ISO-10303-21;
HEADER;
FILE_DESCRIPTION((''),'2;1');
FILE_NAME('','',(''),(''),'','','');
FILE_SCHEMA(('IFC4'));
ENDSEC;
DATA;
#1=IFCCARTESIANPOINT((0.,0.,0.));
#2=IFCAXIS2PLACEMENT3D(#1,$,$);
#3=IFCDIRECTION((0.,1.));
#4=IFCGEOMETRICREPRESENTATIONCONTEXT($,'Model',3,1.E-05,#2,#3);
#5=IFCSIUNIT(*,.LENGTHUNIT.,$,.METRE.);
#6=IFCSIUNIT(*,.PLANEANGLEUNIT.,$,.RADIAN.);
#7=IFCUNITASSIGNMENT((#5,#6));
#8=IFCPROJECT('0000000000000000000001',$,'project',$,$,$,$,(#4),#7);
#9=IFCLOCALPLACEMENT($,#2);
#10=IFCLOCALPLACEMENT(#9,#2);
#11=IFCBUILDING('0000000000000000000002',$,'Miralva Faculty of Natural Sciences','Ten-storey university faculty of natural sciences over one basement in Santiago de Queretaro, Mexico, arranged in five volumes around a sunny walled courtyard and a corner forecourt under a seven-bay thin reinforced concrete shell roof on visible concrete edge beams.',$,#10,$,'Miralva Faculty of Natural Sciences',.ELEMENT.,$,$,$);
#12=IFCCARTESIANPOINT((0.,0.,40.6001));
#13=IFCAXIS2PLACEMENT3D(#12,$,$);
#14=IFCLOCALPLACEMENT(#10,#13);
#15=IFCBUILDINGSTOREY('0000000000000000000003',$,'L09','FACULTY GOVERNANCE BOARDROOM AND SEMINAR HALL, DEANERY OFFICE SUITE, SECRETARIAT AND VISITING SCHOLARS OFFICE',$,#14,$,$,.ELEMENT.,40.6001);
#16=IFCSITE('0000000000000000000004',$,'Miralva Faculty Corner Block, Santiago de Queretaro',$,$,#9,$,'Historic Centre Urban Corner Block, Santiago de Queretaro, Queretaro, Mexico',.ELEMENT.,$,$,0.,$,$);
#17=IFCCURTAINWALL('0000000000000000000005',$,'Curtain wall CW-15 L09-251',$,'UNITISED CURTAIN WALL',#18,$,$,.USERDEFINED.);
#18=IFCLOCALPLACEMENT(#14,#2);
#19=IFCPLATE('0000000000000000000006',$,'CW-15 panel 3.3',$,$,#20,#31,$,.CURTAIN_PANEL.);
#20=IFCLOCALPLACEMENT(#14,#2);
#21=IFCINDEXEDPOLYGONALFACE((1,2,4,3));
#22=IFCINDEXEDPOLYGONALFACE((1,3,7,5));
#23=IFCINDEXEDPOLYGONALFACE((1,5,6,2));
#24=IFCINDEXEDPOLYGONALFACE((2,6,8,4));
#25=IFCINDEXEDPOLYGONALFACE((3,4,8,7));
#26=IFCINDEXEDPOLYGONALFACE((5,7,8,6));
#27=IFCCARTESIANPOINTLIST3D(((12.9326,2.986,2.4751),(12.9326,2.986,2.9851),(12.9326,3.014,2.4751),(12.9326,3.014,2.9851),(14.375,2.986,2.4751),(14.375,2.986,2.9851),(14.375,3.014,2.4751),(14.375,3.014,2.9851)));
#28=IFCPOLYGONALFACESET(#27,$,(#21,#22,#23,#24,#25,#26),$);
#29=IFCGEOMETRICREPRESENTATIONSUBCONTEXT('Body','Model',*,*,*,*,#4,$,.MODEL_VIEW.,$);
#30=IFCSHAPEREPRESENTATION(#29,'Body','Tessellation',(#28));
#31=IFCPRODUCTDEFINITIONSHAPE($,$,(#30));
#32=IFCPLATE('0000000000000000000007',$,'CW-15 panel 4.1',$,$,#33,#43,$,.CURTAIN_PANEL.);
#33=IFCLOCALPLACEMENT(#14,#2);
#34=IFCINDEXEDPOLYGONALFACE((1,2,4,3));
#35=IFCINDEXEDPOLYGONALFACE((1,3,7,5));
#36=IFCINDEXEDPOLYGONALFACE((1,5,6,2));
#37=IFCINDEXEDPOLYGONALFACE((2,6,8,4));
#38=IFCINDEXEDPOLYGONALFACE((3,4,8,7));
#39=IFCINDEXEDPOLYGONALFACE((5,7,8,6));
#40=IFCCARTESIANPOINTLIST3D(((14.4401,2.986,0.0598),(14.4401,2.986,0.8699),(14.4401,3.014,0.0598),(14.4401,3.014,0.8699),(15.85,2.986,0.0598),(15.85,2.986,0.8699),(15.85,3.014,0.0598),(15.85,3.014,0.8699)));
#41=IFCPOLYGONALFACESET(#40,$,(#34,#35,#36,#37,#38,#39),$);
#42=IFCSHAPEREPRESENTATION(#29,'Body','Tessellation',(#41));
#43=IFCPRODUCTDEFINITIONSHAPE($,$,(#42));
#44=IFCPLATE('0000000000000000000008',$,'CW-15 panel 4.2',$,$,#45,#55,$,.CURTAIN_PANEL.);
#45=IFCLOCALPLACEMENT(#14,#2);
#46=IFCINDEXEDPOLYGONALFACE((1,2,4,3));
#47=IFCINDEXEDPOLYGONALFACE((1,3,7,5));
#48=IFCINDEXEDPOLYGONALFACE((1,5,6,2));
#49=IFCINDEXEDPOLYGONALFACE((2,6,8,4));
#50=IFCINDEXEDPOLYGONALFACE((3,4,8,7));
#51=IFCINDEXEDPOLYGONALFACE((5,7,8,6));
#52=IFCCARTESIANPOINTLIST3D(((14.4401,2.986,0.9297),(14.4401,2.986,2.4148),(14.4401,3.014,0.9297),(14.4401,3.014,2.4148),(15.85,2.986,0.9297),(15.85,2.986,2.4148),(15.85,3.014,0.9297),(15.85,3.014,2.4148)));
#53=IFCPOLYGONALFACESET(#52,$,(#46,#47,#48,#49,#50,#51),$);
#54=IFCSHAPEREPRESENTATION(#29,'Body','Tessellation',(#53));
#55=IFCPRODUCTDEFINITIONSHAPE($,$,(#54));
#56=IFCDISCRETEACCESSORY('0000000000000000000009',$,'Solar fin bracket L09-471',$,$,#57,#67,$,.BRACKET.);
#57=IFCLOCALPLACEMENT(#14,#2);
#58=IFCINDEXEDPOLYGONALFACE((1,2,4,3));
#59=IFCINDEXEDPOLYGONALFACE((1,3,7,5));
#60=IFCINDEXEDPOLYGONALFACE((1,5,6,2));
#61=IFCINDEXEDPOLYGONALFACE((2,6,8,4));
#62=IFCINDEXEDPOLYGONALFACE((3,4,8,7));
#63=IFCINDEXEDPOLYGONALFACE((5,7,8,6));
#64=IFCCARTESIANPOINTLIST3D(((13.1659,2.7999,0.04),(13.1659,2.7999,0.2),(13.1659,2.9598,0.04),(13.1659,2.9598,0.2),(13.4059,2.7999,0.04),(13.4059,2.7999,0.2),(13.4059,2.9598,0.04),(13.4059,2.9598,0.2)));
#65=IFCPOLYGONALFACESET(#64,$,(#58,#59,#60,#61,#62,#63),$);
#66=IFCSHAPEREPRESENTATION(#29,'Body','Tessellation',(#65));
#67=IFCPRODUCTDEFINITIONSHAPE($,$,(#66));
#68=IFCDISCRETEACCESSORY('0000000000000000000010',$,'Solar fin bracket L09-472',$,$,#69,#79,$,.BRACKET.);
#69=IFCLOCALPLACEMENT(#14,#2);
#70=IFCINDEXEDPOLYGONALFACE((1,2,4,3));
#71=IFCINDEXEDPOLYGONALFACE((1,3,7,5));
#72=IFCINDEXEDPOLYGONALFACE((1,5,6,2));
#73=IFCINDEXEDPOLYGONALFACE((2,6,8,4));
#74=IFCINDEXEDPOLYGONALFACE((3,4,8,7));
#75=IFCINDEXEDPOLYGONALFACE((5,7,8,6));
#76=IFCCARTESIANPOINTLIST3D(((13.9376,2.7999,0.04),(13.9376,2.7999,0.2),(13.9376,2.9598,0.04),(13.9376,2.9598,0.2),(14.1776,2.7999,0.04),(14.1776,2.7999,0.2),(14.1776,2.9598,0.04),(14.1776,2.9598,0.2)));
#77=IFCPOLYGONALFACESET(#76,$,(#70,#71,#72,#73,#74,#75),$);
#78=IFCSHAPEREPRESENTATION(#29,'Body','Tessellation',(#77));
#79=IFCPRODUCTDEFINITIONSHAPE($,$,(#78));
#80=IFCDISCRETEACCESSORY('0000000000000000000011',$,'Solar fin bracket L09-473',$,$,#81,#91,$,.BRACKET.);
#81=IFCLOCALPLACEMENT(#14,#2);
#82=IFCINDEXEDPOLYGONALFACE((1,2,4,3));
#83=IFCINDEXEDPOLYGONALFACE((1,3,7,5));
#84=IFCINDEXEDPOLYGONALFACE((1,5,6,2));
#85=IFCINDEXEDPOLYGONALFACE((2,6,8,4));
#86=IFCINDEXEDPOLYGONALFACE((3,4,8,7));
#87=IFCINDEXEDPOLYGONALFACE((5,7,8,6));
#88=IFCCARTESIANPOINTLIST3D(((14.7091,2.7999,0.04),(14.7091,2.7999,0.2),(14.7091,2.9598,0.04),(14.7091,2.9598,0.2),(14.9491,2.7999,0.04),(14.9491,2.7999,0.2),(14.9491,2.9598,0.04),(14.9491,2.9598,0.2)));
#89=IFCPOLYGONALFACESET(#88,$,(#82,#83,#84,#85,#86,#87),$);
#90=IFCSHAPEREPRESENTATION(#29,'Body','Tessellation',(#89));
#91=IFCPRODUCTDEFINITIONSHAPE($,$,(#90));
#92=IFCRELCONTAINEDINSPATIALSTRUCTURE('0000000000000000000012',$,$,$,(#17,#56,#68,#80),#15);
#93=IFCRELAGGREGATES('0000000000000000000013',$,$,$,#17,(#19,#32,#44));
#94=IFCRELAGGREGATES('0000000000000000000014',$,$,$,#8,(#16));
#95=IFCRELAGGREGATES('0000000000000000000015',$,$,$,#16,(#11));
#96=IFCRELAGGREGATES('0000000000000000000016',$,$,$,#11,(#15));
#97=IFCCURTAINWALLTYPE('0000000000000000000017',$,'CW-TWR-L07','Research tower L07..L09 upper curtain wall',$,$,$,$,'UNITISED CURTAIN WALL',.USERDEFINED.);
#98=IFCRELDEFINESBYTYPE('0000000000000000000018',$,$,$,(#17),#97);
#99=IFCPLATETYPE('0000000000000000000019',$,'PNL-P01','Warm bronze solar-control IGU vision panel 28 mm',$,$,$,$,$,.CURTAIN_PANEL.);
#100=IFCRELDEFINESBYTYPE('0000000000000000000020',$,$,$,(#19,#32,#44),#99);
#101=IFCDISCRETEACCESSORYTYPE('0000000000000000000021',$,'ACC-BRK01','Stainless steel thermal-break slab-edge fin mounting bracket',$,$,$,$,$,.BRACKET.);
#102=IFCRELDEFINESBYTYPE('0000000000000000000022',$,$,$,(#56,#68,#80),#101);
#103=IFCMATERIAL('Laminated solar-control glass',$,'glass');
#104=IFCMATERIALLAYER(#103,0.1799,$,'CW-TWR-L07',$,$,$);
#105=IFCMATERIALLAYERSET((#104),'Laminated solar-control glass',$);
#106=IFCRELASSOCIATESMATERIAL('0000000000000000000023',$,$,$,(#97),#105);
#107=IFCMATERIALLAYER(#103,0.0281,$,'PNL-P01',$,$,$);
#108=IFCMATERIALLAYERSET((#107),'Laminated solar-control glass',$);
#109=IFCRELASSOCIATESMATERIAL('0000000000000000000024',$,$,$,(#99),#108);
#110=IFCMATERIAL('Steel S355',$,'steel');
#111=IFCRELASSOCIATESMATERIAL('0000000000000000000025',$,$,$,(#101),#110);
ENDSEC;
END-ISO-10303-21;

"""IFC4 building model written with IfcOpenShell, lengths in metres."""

from ifc_helpers import new_model, si_unit, direction, frame, origin, origin_2d, place, context, subcontext, project, spatial, rectangle, extrude, material, layer, layer_set, type_object, element, aggregate, save


model = new_model("IFC4")

# Units and contexts
model_context = context("Model", 3, precision=1e-05, world=origin(), true_north=direction((0.0, 1.0)))
body_context = subcontext(model_context, "Body", "Model", "MODEL_VIEW")
ifc_project = project(units=[si_unit("LENGTHUNIT", "METRE"), si_unit("PLANEANGLEUNIT", "RADIAN")], contexts=[model_context])

# Site, building, storey
site_placement = place(None, origin())
site = spatial("IfcSite", under=ifc_project, at=site_placement, Name="Miralva Faculty Corner Block, Santiago de Queretaro", LongName="Historic Centre Urban Corner Block, Santiago de Queretaro, Queretaro, Mexico", CompositionType="ELEMENT", RefElevation=0.0)
building_placement = place(site_placement, origin())
building = spatial("IfcBuilding", under=site, at=building_placement, Name="Miralva Faculty of Natural Sciences", Description="Ten-storey university faculty of natural sciences over one basement in Santiago de Queretaro, Mexico, arranged in five volumes around a sunny walled courtyard and a corner forecourt under a seven-bay thin reinforced concrete shell roof on visible concrete edge beams.", LongName="Miralva Faculty of Natural Sciences", CompositionType="ELEMENT")
storey_placement = place(building_placement, frame((0.0, 0.0, 40.6001)))
storey = spatial("IfcBuildingStorey", under=building, at=storey_placement, Name="L09", Description="FACULTY GOVERNANCE BOARDROOM AND SEMINAR HALL, DEANERY OFFICE SUITE, SECRETARIAT AND VISITING SCHOLARS OFFICE", CompositionType="ELEMENT", Elevation=40.6001)

# Curtain wall
ifc_material_1 = material(Name="Laminated solar-control glass", Category="glass")
ifc_layer_1 = layer(ifc_material_1, 0.1799, Name="CW-TWR-L07")
ifc_layer_set_1 = layer_set([ifc_layer_1], Name="Laminated solar-control glass")
curtain_wall_type = type_object("IfcCurtainWallType", Name="CW-TWR-L07", Description="Research tower L07..L09 upper curtain wall", ElementType="UNITISED CURTAIN WALL", PredefinedType="USERDEFINED", material=ifc_layer_set_1)
curtain_wall_placement = place(storey_placement, origin())
curtain_wall = element("IfcCurtainWall", 1, at=curtain_wall_placement, inside=storey, type_object=curtain_wall_type, Name="Curtain wall CW-15 L09-251", ObjectType="UNITISED CURTAIN WALL", PredefinedType="USERDEFINED")

# Plates
ifc_layer_2 = layer(ifc_material_1, 0.0281, Name="PNL-P01")
ifc_layer_set_2 = layer_set([ifc_layer_2], Name="Laminated solar-control glass")
plate_type = type_object("IfcPlateType", Name="PNL-P01", Description="Warm bronze solar-control IGU vision panel 28 mm", PredefinedType="CURTAIN_PANEL", material=ifc_layer_set_2)
plate_1_placement = place(storey_placement, frame((13.6538, 3.0, 2.4751), z_axis=(0.0, 0.0, 1.0), x_axis=(1.0, 0.0, 0.0)))
plate_1 = element("IfcPlate", 2, at=plate_1_placement, type_object=plate_type, Name="CW-15 panel 3.3", PredefinedType="CURTAIN_PANEL", context=body_context, shape_type="SweptSolid", body=[
    extrude(rectangle(XDim=1.4424, YDim=0.0281, at=origin_2d()), origin(), (0.0, 0.0, 1.0), 0.51),
])
plate_2_placement = place(storey_placement, frame((15.145, 3.0, 0.0598), z_axis=(0.0, 0.0, 1.0), x_axis=(1.0, 0.0, 0.0)))
plate_2 = element("IfcPlate", 3, at=plate_2_placement, type_object=plate_type, Name="CW-15 panel 4.1", PredefinedType="CURTAIN_PANEL", context=body_context, shape_type="SweptSolid", body=[
    extrude(rectangle(XDim=1.4099, YDim=0.0281, at=origin_2d()), origin(), (0.0, 0.0, 1.0), 0.8101),
])
plate_3_placement = place(storey_placement, frame((15.145, 3.0, 0.9297), z_axis=(0.0, 0.0, 1.0), x_axis=(1.0, 0.0, 0.0)))
plate_3 = element("IfcPlate", 4, at=plate_3_placement, type_object=plate_type, Name="CW-15 panel 4.2", PredefinedType="CURTAIN_PANEL", context=body_context, shape_type="SweptSolid", body=[
    extrude(rectangle(XDim=1.4099, YDim=0.0281, at=origin_2d()), origin(), (0.0, 0.0, 1.0), 1.4851),
])
aggregate(curtain_wall, [plate_1, plate_2, plate_3])

# Discrete accessories
ifc_material_2 = material(Name="Steel S355", Category="steel")
discrete_accessory_type = type_object("IfcDiscreteAccessoryType", Name="ACC-BRK01", Description="Stainless steel thermal-break slab-edge fin mounting bracket", PredefinedType="BRACKET", material=ifc_material_2)
for number, where, z_axis, x_axis, name in (
    (5, (13.2859, 2.8799, 0.04), (0.0, 0.0, 1.0), (0.0, -1.0, 0.0), "Solar fin bracket L09-471"),
    (6, (14.0576, 2.8799, 0.04), (0.0, 0.0, 1.0), (0.0, -1.0, 0.0), "Solar fin bracket L09-472"),
    (7, (14.8291, 2.8799, 0.04), (0.0, 0.0, 1.0), (0.0, -1.0, 0.0), "Solar fin bracket L09-473"),
):
    element("IfcDiscreteAccessory", number, at=place(storey_placement, frame(where, z_axis=z_axis, x_axis=x_axis)), inside=storey, type_object=discrete_accessory_type, Name=name, PredefinedType="BRACKET", context=body_context, shape_type="SweptSolid", body=[
        extrude(rectangle(XDim=0.1599, YDim=0.24, at=origin_2d()), origin(), (0.0, 0.0, 1.0), 0.1599),
    ])

save(model, "model.ifc")
